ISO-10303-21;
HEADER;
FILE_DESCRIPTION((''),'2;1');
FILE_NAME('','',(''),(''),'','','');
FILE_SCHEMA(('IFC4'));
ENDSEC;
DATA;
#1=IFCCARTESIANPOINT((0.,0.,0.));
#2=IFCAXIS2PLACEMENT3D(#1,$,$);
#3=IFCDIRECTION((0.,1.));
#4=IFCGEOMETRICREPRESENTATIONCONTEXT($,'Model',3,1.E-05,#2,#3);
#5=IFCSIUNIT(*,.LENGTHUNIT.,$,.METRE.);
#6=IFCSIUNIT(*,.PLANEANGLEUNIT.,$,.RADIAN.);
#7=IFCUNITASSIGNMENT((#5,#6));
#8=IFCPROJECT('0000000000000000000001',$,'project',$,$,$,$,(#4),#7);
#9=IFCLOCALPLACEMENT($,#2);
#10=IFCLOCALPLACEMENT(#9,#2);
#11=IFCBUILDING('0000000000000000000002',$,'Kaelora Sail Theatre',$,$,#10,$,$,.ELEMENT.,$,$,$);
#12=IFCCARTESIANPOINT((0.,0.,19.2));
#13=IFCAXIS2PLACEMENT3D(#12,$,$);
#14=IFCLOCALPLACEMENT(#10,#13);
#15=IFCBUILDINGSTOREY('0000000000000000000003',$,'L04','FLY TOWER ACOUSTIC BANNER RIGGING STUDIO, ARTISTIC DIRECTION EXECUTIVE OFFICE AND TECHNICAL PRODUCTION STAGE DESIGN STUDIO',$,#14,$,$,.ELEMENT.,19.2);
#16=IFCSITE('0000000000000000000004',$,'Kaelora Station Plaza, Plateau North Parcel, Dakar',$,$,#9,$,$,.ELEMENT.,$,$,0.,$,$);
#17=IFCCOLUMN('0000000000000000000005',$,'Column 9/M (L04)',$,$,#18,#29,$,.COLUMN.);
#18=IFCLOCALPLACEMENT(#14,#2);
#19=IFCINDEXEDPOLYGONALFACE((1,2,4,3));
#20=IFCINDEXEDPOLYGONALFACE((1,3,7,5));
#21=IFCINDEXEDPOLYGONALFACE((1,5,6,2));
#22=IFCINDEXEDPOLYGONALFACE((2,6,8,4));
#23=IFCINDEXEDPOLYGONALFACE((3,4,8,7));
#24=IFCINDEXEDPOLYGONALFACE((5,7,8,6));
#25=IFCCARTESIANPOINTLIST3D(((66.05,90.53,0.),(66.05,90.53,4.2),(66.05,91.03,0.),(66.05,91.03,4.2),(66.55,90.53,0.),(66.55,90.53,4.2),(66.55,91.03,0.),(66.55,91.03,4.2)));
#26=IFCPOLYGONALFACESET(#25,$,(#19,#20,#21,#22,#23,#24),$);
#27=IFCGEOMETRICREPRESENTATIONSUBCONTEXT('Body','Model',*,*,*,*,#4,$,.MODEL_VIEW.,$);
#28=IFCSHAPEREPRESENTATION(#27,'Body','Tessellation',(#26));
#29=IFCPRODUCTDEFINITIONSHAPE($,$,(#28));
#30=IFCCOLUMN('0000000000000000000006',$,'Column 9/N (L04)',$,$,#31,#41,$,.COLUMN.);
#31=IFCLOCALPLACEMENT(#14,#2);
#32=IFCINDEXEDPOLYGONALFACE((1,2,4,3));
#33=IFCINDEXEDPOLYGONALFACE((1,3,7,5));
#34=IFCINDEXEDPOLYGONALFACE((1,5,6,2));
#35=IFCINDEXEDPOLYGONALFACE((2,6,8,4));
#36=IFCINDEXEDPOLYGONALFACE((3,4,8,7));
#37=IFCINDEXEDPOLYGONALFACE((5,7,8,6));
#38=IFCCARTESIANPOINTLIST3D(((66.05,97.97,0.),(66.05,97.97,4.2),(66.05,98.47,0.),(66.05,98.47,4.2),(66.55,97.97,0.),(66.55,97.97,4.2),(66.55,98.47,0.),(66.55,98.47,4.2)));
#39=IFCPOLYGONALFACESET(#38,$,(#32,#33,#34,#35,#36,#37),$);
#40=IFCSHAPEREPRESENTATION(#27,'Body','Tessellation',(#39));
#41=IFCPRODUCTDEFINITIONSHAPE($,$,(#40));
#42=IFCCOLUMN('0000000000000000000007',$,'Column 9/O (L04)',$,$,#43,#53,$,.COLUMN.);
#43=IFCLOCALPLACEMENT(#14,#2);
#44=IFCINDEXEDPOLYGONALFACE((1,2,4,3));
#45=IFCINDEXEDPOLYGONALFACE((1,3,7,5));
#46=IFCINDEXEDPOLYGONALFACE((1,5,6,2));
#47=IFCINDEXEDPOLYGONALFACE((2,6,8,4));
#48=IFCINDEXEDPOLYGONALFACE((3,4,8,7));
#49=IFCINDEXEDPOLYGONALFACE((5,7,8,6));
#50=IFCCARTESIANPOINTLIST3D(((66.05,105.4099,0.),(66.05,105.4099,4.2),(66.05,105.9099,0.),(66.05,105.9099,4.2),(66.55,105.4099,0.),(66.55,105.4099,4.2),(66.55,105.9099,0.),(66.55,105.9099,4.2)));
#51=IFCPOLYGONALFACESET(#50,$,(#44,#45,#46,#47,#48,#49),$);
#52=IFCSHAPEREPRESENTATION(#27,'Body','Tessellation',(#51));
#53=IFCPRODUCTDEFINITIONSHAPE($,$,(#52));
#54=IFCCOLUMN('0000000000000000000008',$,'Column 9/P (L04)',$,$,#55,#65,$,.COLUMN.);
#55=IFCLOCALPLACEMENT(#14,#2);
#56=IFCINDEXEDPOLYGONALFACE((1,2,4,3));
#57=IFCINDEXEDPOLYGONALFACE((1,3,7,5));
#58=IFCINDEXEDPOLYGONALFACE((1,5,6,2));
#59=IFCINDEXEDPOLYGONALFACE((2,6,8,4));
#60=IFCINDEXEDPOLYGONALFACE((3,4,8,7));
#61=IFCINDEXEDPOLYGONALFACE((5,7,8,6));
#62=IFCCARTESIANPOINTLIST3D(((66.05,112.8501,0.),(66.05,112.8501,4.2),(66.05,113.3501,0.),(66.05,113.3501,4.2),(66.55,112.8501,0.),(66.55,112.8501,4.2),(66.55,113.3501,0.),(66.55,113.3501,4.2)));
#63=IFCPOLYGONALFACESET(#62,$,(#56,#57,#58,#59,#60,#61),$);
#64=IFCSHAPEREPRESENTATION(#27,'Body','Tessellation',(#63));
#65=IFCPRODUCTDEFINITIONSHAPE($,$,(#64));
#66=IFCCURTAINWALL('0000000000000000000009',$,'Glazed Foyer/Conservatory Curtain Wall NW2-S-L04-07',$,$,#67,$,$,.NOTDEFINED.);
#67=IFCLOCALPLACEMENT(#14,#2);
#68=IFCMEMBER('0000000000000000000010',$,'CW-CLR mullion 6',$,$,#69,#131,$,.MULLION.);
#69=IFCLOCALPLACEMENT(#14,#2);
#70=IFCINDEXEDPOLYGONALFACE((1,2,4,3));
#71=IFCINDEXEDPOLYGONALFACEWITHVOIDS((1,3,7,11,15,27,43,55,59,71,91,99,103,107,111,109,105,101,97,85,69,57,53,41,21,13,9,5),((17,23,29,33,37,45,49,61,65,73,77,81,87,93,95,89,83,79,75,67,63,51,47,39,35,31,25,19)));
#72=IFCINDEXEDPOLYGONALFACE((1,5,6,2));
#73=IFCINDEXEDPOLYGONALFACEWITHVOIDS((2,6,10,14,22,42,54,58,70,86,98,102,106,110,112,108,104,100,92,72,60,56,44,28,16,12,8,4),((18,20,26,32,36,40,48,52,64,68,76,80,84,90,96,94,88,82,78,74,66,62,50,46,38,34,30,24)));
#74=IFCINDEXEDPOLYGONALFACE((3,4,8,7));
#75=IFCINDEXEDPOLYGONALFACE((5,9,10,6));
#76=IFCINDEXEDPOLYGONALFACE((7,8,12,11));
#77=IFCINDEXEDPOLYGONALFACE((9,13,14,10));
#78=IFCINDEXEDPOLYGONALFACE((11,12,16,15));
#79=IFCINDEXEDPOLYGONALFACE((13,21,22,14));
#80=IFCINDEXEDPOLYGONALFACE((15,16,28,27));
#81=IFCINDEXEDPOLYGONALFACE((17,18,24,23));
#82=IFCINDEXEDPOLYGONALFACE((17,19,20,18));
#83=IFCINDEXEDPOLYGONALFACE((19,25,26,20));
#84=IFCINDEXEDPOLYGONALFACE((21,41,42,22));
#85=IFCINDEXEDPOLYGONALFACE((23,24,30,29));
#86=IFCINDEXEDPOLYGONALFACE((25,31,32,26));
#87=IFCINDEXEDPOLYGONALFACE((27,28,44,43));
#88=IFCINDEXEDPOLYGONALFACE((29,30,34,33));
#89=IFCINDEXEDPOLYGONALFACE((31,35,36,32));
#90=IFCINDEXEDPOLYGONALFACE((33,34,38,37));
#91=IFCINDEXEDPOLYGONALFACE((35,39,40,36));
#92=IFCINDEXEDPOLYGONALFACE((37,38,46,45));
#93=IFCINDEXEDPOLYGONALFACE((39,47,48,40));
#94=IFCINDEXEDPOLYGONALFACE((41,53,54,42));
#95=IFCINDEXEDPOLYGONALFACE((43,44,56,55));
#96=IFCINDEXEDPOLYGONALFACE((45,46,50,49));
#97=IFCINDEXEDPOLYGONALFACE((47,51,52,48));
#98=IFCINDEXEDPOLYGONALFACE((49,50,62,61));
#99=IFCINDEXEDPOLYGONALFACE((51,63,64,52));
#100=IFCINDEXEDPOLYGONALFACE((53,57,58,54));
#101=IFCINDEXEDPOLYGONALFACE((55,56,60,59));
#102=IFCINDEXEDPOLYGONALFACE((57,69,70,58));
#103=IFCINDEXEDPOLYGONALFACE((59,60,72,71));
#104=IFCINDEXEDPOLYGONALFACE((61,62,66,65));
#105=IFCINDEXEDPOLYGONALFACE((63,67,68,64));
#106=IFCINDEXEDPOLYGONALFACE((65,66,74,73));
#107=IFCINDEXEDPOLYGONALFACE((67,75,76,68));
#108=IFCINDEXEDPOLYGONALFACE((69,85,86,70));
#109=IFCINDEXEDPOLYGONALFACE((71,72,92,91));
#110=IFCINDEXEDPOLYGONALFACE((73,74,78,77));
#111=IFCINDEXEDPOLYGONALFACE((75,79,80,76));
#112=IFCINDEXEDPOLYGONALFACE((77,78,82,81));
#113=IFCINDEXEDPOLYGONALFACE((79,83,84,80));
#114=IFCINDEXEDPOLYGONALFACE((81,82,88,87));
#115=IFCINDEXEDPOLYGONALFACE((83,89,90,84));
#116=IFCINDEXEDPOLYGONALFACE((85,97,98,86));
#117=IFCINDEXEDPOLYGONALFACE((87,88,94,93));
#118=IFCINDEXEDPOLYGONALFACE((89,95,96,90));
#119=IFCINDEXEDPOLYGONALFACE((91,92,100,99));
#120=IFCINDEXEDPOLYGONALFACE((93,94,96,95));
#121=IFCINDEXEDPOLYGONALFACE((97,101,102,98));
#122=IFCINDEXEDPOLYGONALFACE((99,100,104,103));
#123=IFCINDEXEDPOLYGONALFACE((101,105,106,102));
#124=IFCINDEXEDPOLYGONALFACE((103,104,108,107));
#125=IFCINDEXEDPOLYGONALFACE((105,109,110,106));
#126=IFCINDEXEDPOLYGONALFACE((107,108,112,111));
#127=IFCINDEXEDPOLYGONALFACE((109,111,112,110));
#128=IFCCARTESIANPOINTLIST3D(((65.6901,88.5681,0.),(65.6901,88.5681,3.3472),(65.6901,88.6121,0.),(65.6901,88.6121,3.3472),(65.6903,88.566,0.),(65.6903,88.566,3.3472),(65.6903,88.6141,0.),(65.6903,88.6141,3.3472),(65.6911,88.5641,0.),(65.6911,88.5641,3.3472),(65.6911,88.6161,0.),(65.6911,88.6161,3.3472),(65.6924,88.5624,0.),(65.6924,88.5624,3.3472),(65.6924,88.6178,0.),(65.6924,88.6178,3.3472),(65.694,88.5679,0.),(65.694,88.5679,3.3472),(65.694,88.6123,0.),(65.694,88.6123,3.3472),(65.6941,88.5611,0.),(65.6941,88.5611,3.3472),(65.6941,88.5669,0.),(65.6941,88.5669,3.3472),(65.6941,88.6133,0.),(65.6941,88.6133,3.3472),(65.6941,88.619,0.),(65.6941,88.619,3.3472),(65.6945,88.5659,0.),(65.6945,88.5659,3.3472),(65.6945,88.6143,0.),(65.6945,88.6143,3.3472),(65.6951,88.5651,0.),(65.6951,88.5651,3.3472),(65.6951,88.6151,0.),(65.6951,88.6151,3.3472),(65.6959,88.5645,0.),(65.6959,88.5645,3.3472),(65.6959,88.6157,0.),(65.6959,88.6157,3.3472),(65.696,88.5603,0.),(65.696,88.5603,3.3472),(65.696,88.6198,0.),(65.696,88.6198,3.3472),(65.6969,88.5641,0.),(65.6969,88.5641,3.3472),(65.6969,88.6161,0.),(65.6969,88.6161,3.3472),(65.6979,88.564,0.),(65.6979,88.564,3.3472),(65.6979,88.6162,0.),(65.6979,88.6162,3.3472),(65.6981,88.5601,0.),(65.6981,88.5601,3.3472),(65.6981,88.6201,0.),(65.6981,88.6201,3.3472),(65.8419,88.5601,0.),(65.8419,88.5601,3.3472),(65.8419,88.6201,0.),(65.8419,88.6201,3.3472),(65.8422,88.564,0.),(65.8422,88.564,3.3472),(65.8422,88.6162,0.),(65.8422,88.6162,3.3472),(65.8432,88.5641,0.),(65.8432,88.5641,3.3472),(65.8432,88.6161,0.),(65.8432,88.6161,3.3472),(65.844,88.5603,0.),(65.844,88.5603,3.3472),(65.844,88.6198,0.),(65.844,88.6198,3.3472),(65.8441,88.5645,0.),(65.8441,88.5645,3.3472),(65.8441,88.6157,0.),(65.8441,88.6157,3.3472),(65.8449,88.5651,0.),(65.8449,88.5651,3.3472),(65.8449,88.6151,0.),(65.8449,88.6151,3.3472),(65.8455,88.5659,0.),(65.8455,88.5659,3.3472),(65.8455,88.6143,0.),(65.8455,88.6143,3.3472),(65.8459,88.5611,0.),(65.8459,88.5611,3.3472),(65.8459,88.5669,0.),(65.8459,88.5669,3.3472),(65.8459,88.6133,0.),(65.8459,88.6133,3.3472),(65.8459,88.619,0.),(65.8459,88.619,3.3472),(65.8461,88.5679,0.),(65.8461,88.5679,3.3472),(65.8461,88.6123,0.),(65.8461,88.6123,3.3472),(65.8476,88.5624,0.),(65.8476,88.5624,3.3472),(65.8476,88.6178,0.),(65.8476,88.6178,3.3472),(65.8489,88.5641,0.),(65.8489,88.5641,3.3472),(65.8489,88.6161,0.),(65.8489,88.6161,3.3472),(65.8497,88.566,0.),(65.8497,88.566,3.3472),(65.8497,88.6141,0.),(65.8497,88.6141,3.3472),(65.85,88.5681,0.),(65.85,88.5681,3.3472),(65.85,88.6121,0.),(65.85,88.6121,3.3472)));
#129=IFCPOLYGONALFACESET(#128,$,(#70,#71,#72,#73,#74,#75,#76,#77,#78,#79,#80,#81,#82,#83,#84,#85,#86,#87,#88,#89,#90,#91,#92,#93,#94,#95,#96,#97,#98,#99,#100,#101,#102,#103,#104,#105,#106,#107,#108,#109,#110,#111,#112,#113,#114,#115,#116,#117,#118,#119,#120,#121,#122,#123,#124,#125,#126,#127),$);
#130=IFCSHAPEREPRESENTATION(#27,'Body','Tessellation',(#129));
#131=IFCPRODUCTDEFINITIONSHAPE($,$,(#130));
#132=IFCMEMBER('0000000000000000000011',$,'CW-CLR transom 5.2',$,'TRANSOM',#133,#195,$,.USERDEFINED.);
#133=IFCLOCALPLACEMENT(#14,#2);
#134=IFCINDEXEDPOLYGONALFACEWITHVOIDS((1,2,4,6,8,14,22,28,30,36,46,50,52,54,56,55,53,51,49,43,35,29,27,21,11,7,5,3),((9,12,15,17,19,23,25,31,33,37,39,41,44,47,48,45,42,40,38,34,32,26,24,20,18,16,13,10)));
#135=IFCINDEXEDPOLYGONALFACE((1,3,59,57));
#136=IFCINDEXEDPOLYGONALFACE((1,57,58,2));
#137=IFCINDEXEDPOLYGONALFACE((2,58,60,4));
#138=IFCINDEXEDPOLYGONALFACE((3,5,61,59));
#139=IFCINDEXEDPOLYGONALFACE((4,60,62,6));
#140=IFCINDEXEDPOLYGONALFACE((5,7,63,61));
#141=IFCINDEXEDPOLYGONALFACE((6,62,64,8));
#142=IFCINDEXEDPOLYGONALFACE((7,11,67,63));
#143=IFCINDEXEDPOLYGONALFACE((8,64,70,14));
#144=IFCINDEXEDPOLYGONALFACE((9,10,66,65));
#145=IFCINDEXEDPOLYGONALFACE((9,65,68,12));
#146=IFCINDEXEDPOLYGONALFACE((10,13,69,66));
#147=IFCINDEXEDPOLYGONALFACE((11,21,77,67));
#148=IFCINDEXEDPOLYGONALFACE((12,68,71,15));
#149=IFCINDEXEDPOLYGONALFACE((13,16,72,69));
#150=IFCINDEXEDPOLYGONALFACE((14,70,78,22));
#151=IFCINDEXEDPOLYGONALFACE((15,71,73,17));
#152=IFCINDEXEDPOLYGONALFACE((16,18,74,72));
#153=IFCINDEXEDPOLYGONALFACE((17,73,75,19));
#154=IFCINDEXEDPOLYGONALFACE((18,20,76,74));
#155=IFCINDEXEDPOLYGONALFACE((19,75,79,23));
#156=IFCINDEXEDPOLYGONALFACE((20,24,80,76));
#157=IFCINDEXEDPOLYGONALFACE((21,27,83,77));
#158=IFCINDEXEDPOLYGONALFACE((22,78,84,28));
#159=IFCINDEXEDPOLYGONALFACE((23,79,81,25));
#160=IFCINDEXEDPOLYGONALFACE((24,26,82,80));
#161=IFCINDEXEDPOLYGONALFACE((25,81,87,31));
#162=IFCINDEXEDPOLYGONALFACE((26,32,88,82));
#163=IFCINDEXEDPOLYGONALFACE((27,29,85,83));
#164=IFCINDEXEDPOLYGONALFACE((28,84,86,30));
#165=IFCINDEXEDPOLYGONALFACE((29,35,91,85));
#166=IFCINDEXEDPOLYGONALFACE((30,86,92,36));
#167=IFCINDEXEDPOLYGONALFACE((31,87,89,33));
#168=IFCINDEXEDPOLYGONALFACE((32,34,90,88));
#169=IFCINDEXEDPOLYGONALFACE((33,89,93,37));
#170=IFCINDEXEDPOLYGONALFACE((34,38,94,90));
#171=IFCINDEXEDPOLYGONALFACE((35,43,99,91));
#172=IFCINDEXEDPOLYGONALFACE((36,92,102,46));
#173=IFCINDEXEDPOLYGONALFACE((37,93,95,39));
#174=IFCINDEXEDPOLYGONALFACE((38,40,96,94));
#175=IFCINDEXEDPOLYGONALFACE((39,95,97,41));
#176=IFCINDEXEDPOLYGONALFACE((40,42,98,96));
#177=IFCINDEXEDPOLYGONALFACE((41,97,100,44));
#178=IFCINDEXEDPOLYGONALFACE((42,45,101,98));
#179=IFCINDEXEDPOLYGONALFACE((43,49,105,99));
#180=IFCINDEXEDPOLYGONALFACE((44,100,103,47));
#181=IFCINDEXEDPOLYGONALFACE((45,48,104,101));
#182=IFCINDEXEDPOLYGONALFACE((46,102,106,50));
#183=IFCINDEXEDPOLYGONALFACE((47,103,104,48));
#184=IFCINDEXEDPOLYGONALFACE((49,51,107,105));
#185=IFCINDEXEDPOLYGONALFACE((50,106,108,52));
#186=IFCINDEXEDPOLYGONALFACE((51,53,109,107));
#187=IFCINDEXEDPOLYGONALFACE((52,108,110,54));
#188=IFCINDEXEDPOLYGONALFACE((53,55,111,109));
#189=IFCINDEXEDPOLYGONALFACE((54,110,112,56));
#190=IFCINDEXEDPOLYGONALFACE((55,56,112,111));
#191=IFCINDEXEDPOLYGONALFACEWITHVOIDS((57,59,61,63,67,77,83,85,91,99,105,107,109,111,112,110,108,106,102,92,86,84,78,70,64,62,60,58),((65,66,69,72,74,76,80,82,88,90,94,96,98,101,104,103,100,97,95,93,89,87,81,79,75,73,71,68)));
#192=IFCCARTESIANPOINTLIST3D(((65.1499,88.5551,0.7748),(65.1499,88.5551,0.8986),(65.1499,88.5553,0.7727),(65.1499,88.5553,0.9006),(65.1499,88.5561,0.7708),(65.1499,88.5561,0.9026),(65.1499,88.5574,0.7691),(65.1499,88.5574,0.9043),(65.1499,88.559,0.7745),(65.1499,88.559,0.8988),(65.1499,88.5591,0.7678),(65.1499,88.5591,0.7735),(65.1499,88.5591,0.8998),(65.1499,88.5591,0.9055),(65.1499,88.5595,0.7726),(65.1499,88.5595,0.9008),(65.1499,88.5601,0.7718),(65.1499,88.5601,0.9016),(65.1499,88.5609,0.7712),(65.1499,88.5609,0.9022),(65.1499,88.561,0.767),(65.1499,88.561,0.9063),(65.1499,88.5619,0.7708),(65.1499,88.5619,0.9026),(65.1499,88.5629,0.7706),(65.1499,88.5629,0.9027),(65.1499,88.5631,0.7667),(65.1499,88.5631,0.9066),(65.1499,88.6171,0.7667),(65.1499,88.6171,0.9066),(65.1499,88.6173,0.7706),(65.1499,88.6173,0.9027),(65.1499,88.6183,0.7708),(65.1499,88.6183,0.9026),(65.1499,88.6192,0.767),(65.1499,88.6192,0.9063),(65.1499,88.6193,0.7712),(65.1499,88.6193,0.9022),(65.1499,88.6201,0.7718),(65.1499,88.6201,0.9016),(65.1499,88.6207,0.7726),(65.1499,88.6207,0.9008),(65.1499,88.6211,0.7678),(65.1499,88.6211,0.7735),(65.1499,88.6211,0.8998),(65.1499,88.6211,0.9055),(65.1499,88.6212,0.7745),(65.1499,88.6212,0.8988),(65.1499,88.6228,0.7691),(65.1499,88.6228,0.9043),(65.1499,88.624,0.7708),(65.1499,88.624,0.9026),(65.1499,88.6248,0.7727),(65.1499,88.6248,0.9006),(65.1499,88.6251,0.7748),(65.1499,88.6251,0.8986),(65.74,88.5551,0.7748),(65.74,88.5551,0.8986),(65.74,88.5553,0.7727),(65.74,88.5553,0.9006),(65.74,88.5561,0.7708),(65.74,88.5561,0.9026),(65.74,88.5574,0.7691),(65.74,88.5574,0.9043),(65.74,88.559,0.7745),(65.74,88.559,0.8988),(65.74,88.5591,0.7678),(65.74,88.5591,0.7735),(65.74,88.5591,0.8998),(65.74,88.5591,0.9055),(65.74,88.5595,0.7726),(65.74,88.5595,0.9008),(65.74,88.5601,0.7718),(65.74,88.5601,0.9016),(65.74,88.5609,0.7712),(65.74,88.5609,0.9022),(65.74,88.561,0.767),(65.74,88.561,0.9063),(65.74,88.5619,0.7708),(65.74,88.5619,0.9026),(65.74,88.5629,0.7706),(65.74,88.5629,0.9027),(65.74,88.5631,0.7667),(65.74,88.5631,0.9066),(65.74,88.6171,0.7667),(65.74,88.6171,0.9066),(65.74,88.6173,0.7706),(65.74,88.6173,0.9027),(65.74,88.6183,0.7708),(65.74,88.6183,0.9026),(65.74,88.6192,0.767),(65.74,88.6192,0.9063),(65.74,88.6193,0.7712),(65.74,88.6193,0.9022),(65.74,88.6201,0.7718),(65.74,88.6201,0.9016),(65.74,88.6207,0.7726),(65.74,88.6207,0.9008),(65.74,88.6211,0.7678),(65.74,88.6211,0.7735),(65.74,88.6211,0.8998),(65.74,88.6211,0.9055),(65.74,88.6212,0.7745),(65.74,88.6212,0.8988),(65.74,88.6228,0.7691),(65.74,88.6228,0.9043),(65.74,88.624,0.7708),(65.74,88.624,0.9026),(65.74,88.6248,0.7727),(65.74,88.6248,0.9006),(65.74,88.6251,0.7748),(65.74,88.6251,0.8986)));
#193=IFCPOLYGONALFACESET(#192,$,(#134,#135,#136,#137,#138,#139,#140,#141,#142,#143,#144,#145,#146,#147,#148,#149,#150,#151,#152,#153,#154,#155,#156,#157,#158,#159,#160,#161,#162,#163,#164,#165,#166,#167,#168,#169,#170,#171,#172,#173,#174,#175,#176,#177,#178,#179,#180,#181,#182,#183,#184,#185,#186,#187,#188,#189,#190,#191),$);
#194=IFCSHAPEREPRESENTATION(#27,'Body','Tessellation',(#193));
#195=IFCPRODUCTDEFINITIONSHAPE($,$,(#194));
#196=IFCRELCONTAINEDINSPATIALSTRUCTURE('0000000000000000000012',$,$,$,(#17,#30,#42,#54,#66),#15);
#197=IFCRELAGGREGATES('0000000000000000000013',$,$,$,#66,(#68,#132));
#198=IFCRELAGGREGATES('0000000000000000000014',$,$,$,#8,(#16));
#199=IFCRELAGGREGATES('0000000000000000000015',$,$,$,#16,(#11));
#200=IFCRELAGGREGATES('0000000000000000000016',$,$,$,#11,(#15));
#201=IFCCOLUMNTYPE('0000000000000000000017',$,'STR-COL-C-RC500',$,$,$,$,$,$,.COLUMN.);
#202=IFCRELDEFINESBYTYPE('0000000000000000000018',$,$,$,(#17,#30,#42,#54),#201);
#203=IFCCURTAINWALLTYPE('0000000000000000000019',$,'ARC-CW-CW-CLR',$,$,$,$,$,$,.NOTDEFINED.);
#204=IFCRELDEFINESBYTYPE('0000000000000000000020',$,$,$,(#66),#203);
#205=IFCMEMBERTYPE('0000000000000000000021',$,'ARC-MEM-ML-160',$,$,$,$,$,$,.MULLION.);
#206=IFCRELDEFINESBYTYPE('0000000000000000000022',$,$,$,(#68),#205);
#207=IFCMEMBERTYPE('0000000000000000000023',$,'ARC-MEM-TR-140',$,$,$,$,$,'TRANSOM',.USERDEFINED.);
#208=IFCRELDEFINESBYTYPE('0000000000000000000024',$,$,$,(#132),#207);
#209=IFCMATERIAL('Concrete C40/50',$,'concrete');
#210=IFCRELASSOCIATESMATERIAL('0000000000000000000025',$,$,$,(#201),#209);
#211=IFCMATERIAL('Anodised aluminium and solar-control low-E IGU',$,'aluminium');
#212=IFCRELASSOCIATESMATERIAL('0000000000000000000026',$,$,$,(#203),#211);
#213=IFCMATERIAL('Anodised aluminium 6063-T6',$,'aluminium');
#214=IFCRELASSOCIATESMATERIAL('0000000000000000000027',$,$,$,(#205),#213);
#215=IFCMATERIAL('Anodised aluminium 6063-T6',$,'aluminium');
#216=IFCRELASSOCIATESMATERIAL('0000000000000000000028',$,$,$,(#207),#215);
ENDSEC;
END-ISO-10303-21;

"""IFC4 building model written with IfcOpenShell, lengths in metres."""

from ifc_helpers import new_model, si_unit, direction, frame, origin, origin_2d, place, context, subcontext, project, spatial, rectangle, hollow_rectangle, extrude, material, material_profile, profile_set, type_object, element, aggregate, save


model = new_model("IFC4")

# Units and contexts
model_context = context("Model", 3, precision=1e-05, world=origin(), true_north=direction((0.0, 1.0)))
body_context = subcontext(model_context, "Body", "Model", "MODEL_VIEW")
ifc_project = project(units=[si_unit("LENGTHUNIT", "METRE"), si_unit("PLANEANGLEUNIT", "RADIAN")], contexts=[model_context])

# Site, building, storey
site_placement = place(None, origin())
site = spatial("IfcSite", under=ifc_project, at=site_placement, Name="Kaelora Station Plaza, Plateau North Parcel, Dakar", CompositionType="ELEMENT", RefElevation=0.0)
building_placement = place(site_placement, origin())
building = spatial("IfcBuilding", under=site, at=building_placement, Name="Kaelora Sail Theatre", CompositionType="ELEMENT")
storey_placement = place(building_placement, frame((0.0, 0.0, 19.2)))
storey = spatial("IfcBuildingStorey", under=building, at=storey_placement, Name="L04", Description="FLY TOWER ACOUSTIC BANNER RIGGING STUDIO, ARTISTIC DIRECTION EXECUTIVE OFFICE AND TECHNICAL PRODUCTION STAGE DESIGN STUDIO", CompositionType="ELEMENT", Elevation=19.2)

# Columns
ifc_material_1 = material(Name="Concrete C40/50", Category="concrete")
ifc_material_profile_1 = material_profile(ifc_material_1, rectangle(XDim=0.5, YDim=0.5, at=origin_2d()), Name="RC-COL 500x500")
ifc_profile_set_1 = profile_set([ifc_material_profile_1], Name="Concrete C40/50")
column_type = type_object("IfcColumnType", Name="STR-COL-C-RC500", PredefinedType="COLUMN", material=ifc_profile_set_1)
for number, where, z_axis, x_axis, name in (
    (1, (66.3, 90.78, 0.0), (0.0, 0.0, 1.0), (1.0, 0.0, 0.0), "Column 9/M (L04)"),
    (2, (66.3, 98.22, 0.0), (0.0, 0.0, 1.0), (1.0, 0.0, 0.0), "Column 9/N (L04)"),
    (3, (66.3, 105.6599, 0.0), (0.0, 0.0, 1.0), (1.0, 0.0, 0.0), "Column 9/O (L04)"),
    (4, (66.3, 113.1001, 0.0), (0.0, 0.0, 1.0), (1.0, 0.0, 0.0), "Column 9/P (L04)"),
):
    element("IfcColumn", number, at=place(storey_placement, frame(where, z_axis=z_axis, x_axis=x_axis)), inside=storey, type_object=column_type, Name=name, PredefinedType="COLUMN", context=body_context, shape_type="SweptSolid", body=[
        extrude(rectangle(XDim=0.5, YDim=0.5, at=origin_2d()), origin(), (0.0, 0.0, 1.0), 4.2),
    ])

# Curtain wall, members
ifc_material_2 = material(Name="Anodised aluminium and solar-control low-E IGU", Category="aluminium")
curtain_wall_type = type_object("IfcCurtainWallType", Name="ARC-CW-CW-CLR", PredefinedType="NOTDEFINED", material=ifc_material_2)
curtain_wall_placement = place(storey_placement, origin())
curtain_wall = element("IfcCurtainWall", 5, at=curtain_wall_placement, inside=storey, type_object=curtain_wall_type, Name="Glazed Foyer/Conservatory Curtain Wall NW2-S-L04-07", PredefinedType="NOTDEFINED")
ifc_material_3 = material(Name="Anodised aluminium 6063-T6", Category="aluminium")
ifc_material_profile_2 = material_profile(ifc_material_3, hollow_rectangle(XDim=0.0601, YDim=0.1599, WallThickness=0.0039, InnerFilletRadius=0.0039, OuterFilletRadius=0.0081, at=origin_2d()), Name="ALU-MULL 60x160x4")
ifc_profile_set_2 = profile_set([ifc_material_profile_2], Name="Anodised aluminium 6063-T6")
member_type_1 = type_object("IfcMemberType", Name="ARC-MEM-ML-160", PredefinedType="MULLION", material=ifc_profile_set_2)
member_1_placement = place(storey_placement, frame((65.77, 88.5901, 0.0), z_axis=(0.0, 0.0, 1.0), x_axis=(0.0, 1.0, 0.0)))
member_1 = element("IfcMember", 6, at=member_1_placement, type_object=member_type_1, Name="CW-CLR mullion 6", PredefinedType="MULLION", context=body_context, shape_type="SweptSolid", body=[
    extrude(hollow_rectangle(XDim=0.0601, YDim=0.1599, WallThickness=0.0039, InnerFilletRadius=0.0039, OuterFilletRadius=0.0081, at=origin_2d()), origin(), (0.0, 0.0, 1.0), 3.3472),
])
ifc_material_4 = material(Name="Anodised aluminium 6063-T6", Category="aluminium")
ifc_material_profile_3 = material_profile(ifc_material_4, hollow_rectangle(XDim=0.0701, YDim=0.1399, WallThickness=0.0039, InnerFilletRadius=0.0039, OuterFilletRadius=0.0081, at=origin_2d()), Name="ALU-TRAN 70x140x4")
ifc_profile_set_3 = profile_set([ifc_material_profile_3], Name="Anodised aluminium 6063-T6")
member_type_2 = type_object("IfcMemberType", Name="ARC-MEM-TR-140", ElementType="TRANSOM", PredefinedType="USERDEFINED", material=ifc_profile_set_3)
member_2_placement = place(storey_placement, frame((65.1499, 88.5901, 0.8367), z_axis=(1.0, 0.0, 0.0), x_axis=(0.0, 1.0, 0.0)))
member_2 = element("IfcMember", 7, at=member_2_placement, type_object=member_type_2, Name="CW-CLR transom 5.2", ObjectType="TRANSOM", PredefinedType="USERDEFINED", context=body_context, shape_type="SweptSolid", body=[
    extrude(hollow_rectangle(XDim=0.0701, YDim=0.1399, WallThickness=0.0039, InnerFilletRadius=0.0039, OuterFilletRadius=0.0081, at=origin_2d()), origin(), (0.0, 0.0, 1.0), 0.5901),
])

aggregate(curtain_wall, [member_1, member_2])

save(model, "model.ifc")
